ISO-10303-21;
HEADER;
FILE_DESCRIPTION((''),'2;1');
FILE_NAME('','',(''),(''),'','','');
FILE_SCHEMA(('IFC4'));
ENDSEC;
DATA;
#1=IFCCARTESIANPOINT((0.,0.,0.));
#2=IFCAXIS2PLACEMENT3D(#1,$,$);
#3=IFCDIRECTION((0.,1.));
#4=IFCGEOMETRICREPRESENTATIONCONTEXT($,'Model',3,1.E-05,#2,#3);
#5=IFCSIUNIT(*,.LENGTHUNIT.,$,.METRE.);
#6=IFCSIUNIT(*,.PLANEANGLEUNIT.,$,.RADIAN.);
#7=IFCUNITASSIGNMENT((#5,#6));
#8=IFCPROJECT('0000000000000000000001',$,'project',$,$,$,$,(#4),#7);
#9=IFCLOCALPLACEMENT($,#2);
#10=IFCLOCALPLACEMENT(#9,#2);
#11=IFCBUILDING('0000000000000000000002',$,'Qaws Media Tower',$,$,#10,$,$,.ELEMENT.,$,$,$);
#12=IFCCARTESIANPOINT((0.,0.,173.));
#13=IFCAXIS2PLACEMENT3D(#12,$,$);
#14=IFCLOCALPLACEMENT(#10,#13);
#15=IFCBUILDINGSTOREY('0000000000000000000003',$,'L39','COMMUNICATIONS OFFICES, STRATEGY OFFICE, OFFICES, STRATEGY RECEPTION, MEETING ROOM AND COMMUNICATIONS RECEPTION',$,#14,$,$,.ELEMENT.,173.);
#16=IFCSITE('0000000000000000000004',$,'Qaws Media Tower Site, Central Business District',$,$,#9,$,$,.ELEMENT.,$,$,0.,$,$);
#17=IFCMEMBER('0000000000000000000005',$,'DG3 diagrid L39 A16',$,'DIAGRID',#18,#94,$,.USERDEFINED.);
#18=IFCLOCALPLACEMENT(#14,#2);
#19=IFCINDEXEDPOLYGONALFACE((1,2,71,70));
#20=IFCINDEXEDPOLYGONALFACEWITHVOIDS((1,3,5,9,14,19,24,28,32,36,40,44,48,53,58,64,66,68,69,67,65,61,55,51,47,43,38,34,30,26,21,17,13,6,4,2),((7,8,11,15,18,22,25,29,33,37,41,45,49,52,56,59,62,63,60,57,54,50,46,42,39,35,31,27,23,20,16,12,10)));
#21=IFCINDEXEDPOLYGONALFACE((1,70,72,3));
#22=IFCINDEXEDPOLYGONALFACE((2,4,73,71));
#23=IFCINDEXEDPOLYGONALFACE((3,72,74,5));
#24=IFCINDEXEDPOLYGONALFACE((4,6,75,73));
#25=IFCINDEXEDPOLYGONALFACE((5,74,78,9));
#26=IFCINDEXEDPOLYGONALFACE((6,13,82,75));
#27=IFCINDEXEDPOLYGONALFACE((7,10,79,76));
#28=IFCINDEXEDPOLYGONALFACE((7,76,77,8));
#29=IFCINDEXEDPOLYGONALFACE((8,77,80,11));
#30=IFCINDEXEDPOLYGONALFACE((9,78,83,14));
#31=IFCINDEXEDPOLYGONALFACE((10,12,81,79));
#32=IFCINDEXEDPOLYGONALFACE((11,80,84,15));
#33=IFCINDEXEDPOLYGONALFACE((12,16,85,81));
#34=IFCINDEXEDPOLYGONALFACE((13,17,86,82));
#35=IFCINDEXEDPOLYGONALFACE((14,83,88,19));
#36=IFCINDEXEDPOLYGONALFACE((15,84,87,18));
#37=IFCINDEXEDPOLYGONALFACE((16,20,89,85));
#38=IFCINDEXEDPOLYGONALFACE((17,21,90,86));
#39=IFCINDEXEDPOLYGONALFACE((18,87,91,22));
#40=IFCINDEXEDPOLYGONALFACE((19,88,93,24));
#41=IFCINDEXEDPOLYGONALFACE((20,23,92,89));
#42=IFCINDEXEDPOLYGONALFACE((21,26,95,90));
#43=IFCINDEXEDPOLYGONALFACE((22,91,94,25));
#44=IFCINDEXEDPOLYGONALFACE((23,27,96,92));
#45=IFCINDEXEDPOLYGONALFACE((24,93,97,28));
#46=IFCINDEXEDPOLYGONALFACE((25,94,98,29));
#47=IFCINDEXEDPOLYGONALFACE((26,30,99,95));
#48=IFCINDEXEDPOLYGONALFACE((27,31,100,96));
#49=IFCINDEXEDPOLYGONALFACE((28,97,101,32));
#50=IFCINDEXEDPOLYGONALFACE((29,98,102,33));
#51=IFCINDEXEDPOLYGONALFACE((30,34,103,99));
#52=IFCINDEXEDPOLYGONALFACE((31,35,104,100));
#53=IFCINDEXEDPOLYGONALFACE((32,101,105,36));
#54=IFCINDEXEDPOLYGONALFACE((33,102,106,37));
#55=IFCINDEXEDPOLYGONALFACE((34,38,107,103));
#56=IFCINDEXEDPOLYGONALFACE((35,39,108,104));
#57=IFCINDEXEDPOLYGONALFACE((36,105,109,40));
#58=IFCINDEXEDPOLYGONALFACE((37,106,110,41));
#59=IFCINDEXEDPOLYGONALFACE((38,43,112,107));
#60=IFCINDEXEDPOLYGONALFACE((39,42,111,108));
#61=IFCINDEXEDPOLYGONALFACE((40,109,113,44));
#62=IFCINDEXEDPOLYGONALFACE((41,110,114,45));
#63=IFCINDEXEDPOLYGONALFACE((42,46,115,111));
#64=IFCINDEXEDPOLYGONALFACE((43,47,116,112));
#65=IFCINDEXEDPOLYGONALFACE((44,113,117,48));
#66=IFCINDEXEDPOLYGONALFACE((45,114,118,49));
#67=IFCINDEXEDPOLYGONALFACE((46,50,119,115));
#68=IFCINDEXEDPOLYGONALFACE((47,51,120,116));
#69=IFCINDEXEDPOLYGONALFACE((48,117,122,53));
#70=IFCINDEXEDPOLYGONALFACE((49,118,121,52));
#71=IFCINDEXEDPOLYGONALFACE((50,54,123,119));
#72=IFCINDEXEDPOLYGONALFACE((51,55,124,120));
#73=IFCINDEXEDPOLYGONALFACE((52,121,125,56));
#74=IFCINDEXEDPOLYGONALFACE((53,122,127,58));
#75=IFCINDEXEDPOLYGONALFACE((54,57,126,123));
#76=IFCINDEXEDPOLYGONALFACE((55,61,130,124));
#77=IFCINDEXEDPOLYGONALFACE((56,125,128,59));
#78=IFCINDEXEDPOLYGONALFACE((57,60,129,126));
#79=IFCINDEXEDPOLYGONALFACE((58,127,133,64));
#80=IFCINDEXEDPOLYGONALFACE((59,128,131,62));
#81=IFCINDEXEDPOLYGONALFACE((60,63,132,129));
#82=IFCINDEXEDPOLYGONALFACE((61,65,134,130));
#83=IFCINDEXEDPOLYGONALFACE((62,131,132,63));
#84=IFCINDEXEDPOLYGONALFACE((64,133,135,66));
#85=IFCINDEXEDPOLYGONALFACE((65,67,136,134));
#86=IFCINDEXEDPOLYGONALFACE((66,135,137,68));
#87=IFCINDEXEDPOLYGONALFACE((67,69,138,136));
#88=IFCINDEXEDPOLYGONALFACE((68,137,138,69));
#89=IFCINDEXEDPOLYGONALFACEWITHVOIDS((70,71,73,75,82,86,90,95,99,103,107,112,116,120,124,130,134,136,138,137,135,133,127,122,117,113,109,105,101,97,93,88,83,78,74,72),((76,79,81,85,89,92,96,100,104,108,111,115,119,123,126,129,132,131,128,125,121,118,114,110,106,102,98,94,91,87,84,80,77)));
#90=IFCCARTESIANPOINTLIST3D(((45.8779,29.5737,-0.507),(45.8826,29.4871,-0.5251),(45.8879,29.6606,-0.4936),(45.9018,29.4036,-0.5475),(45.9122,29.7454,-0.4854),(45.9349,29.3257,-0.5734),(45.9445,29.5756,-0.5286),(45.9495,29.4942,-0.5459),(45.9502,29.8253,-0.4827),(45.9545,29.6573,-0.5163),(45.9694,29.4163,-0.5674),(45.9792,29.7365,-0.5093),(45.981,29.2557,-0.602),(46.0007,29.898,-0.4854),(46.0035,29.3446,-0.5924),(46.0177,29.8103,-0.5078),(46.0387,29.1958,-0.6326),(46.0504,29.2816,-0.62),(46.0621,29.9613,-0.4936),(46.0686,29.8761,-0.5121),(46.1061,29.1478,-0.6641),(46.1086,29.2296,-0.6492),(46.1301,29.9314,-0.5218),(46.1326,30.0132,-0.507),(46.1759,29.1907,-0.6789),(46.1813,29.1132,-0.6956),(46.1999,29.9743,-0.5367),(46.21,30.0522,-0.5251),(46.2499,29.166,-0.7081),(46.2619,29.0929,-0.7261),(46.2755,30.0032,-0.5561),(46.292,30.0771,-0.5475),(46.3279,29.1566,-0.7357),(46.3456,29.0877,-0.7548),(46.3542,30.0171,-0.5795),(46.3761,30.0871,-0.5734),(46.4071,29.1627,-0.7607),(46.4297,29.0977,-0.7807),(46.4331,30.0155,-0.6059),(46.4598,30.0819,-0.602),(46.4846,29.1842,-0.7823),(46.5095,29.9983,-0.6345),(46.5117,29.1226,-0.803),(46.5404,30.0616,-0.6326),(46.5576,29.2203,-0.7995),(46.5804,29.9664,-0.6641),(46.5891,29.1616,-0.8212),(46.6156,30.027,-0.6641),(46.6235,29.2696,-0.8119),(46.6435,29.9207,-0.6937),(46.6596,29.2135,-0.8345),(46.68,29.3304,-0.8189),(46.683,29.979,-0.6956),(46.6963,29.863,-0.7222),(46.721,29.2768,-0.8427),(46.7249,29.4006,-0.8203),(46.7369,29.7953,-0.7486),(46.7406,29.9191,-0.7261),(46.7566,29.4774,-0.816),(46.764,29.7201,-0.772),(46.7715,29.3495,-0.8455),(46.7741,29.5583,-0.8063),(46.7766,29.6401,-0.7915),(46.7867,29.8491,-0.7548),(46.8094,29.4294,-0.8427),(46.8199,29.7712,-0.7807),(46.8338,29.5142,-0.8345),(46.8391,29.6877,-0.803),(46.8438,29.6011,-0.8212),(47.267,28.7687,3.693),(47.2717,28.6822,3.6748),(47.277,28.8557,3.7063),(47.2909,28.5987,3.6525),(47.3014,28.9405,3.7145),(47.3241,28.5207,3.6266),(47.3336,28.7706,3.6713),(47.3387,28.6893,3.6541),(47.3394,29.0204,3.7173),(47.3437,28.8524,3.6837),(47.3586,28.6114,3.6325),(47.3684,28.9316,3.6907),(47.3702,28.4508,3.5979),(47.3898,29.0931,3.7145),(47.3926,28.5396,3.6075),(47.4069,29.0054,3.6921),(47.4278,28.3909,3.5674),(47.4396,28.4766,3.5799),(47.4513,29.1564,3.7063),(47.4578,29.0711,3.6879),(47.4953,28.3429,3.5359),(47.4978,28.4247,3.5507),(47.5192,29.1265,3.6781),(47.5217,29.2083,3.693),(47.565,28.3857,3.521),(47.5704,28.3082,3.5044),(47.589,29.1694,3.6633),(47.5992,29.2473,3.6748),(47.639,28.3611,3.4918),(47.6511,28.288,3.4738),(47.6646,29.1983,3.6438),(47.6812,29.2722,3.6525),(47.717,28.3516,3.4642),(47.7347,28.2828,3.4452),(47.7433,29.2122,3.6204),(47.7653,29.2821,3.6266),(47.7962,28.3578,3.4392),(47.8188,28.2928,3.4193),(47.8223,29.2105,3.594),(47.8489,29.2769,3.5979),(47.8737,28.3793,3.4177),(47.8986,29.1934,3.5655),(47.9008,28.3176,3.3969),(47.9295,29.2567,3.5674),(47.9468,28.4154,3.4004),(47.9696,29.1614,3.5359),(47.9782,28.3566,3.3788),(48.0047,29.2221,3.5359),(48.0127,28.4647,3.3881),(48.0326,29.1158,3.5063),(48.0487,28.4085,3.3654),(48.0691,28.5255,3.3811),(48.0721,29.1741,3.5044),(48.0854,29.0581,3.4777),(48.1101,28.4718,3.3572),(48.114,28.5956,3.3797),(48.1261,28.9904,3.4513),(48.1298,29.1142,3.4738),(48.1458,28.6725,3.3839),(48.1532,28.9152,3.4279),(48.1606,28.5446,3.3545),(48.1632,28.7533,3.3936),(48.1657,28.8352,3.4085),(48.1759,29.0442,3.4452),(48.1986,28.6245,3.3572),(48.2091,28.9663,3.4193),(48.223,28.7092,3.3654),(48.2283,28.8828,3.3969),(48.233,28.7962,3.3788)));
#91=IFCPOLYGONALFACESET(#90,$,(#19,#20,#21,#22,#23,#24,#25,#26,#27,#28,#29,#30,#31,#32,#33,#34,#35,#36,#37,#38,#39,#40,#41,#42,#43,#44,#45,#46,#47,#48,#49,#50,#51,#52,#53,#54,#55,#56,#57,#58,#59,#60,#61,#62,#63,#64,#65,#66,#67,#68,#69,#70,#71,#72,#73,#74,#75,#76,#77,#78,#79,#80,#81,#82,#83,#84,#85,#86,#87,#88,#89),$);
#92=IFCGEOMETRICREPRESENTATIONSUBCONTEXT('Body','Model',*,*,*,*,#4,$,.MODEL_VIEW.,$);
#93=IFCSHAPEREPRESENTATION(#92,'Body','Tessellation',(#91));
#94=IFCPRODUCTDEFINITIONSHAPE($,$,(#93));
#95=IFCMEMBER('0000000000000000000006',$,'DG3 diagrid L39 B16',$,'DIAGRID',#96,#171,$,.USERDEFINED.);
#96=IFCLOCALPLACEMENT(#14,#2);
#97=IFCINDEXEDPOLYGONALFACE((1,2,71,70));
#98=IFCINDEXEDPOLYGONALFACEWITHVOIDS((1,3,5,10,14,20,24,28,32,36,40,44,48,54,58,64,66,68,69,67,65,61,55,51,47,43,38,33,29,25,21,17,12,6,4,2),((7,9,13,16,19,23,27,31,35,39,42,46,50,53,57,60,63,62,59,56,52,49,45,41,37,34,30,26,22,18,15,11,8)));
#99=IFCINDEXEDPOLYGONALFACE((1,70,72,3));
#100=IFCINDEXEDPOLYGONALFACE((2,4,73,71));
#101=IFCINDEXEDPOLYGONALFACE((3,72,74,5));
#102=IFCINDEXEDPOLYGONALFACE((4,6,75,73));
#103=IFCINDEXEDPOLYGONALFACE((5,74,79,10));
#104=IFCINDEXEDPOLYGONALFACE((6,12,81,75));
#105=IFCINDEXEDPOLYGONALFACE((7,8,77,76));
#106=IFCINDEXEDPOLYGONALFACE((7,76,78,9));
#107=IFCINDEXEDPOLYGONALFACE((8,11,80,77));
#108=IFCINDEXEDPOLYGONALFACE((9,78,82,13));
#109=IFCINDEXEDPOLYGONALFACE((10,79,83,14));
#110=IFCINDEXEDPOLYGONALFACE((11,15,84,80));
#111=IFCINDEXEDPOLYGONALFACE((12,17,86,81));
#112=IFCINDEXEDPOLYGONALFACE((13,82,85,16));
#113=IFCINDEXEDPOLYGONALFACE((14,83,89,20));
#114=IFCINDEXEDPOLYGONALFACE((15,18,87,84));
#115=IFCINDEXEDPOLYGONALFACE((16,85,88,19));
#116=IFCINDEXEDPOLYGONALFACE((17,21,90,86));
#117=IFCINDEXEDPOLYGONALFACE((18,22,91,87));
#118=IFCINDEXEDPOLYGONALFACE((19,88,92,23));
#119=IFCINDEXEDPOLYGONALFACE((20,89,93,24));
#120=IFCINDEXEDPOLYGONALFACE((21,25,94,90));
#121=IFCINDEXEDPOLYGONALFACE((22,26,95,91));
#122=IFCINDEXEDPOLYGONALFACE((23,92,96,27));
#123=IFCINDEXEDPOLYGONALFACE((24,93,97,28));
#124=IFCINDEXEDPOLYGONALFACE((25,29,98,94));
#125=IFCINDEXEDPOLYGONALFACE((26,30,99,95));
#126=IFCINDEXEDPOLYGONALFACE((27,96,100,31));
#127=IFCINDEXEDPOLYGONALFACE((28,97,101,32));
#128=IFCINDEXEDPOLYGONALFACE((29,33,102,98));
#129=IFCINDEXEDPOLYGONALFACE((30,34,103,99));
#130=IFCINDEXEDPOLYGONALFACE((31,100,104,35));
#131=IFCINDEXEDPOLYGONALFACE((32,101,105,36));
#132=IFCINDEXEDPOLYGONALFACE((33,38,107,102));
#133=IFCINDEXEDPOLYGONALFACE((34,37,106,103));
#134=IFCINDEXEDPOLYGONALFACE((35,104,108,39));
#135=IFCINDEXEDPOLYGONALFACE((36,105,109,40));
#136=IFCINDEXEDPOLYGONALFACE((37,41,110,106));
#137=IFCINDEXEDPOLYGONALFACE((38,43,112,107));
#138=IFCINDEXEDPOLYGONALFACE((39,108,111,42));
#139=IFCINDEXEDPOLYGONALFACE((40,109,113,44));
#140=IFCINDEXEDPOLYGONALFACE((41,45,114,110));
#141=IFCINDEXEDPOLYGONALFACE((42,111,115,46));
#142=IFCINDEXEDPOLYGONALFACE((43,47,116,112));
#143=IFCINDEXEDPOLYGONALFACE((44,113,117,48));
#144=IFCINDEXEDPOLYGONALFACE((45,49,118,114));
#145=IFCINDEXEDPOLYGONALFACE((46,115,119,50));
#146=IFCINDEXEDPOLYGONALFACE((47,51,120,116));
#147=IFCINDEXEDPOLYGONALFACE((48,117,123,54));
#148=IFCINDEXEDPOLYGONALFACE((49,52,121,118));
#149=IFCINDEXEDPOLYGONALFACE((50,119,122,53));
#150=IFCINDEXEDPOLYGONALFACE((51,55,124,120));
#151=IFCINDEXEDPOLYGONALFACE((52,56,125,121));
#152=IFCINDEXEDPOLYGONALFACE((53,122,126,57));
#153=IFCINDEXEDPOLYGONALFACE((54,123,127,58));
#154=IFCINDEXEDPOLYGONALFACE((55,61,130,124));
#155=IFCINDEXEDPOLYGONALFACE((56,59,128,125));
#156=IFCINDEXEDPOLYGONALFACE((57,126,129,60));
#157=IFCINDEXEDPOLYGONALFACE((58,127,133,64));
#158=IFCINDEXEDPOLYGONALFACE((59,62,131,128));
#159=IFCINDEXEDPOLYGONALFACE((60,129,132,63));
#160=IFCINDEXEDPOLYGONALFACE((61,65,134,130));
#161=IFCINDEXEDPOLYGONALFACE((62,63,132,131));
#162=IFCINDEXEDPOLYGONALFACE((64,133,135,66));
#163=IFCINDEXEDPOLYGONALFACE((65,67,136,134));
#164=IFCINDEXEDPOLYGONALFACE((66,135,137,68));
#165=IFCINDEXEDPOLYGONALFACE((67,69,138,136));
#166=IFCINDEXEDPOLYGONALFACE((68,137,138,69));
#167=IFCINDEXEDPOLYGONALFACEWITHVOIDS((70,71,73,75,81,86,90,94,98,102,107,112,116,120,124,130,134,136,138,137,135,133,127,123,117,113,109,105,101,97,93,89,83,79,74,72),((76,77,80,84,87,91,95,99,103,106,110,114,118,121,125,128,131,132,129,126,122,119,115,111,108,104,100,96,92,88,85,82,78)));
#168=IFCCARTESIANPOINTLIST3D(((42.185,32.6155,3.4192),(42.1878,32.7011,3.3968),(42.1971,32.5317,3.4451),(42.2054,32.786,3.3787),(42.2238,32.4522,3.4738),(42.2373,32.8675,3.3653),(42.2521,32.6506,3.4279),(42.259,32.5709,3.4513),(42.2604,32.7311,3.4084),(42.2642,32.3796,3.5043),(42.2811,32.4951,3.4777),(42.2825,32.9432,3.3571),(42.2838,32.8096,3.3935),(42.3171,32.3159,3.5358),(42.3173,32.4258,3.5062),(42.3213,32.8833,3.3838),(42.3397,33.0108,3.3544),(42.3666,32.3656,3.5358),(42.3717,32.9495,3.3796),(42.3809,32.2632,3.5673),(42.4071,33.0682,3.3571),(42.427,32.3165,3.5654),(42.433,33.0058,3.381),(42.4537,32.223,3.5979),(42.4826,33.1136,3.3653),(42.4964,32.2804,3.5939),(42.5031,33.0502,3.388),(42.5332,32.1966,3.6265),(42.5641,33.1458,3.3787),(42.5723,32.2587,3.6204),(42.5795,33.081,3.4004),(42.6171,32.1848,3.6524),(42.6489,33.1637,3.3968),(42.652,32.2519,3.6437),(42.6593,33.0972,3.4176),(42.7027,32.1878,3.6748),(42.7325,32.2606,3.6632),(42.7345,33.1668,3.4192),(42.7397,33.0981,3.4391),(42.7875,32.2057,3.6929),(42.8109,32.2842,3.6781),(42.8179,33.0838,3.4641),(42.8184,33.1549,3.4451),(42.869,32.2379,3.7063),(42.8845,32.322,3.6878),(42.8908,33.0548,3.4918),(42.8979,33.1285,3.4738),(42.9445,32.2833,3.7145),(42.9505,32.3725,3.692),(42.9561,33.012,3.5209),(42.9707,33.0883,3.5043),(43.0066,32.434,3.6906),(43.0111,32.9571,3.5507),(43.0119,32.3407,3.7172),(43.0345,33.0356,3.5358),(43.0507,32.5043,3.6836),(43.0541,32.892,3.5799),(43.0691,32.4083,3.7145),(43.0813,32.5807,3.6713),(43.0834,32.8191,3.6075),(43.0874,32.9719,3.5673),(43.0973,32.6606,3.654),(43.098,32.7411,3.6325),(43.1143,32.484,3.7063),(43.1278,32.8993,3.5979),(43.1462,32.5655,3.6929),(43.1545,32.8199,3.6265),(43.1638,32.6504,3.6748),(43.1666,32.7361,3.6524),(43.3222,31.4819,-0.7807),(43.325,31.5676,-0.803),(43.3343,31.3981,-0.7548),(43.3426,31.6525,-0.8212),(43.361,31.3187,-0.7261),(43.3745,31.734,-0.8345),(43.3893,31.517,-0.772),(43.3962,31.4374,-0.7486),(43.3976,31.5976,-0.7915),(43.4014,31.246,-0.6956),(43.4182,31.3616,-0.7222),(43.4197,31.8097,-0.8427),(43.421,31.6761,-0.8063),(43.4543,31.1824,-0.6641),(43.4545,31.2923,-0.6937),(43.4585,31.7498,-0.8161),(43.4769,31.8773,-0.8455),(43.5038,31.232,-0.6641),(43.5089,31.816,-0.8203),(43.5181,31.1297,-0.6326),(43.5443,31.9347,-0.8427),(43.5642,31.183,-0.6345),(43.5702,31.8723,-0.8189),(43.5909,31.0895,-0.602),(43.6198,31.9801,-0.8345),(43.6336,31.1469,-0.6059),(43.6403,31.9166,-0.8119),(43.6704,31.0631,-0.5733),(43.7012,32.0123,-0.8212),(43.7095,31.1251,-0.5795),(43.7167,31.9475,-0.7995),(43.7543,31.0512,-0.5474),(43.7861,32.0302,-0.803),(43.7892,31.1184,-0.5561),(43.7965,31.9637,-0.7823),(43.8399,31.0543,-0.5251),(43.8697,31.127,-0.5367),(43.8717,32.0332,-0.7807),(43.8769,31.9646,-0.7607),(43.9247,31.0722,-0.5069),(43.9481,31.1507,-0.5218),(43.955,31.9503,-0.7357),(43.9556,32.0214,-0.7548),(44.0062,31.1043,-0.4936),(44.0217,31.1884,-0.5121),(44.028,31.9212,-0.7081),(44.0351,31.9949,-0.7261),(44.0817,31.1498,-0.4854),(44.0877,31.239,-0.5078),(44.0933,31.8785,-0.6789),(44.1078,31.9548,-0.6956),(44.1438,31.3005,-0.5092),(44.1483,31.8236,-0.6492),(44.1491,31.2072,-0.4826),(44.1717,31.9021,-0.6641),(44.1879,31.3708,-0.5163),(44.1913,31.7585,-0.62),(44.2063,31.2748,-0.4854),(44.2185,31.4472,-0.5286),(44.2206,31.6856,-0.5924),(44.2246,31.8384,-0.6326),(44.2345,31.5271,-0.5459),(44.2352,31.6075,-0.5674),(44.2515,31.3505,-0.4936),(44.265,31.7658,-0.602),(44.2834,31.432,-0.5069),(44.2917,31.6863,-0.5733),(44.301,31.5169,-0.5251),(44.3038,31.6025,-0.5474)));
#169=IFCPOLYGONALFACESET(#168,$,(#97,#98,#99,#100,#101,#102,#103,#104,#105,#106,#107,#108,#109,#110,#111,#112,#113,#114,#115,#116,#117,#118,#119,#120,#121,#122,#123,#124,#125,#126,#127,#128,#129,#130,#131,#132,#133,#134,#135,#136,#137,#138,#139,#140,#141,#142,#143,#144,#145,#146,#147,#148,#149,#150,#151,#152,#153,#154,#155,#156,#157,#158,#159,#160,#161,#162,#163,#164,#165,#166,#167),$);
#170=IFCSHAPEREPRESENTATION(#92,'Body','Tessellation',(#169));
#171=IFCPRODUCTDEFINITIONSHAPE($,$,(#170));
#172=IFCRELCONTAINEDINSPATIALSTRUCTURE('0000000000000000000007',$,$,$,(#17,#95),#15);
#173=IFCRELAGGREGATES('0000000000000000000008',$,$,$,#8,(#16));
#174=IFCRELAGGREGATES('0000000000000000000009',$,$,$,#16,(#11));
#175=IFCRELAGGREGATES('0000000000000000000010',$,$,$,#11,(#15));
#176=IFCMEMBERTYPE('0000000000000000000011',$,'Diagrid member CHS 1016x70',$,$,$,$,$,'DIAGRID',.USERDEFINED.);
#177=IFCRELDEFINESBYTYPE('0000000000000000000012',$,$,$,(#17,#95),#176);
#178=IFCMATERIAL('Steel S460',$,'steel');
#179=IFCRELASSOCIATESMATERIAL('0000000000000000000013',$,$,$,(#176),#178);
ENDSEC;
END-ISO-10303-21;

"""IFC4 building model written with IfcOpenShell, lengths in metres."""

from ifc_helpers import new_model, si_unit, direction, frame, origin, origin_2d, place, context, subcontext, project, spatial, hollow_circle, extrude, material, material_profile, profile_set, type_object, element, save


model = new_model("IFC4")

# Units and contexts
model_context = context("Model", 3, precision=1e-05, world=origin(), true_north=direction((0.0, 1.0)))
body_context = subcontext(model_context, "Body", "Model", "MODEL_VIEW")
ifc_project = project(units=[si_unit("LENGTHUNIT", "METRE"), si_unit("PLANEANGLEUNIT", "RADIAN")], contexts=[model_context])

# Site, building, storey
site_placement = place(None, origin())
site = spatial("IfcSite", under=ifc_project, at=site_placement, Name="Qaws Media Tower Site, Central Business District", CompositionType="ELEMENT", RefElevation=0.0)
building_placement = place(site_placement, origin())
building = spatial("IfcBuilding", under=site, at=building_placement, Name="Qaws Media Tower", CompositionType="ELEMENT")
storey_placement = place(building_placement, frame((0.0, 0.0, 173.0)))
storey = spatial("IfcBuildingStorey", under=building, at=storey_placement, Name="L39", Description="COMMUNICATIONS OFFICES, STRATEGY OFFICE, OFFICES, STRATEGY RECEPTION, MEETING ROOM AND COMMUNICATIONS RECEPTION", CompositionType="ELEMENT", Elevation=173.0)

# Members
ifc_material_1 = material(Name="Steel S460", Category="steel")
ifc_material_profile_1 = material_profile(ifc_material_1, hollow_circle(Radius=0.5081, WallThickness=0.0701, at=origin_2d()), Name="CHS 1016x70")
ifc_profile_set_1 = profile_set([ifc_material_profile_1], Name="Steel S460")
member_type_1 = type_object("IfcMemberType", Name="Diagrid member CHS 1016x70", ElementType="DIAGRID", PredefinedType="USERDEFINED", material=ifc_profile_set_1)
for number, where, z_axis, x_axis, name in (
    (1, (46.3608, 29.5874, -0.6641), (0.308952, -0.179018, 0.934078), (0.501354, 0.865242, 0.0), "DG3 diagrid L39 A16"),
    (2, (43.813, 31.5422, -0.6641), (-0.252914, 0.2521, 0.934066), (-0.705965, -0.708246, 0.0), "DG3 diagrid L39 B16"),
):
    element("IfcMember", number, at=place(storey_placement, frame(where, z_axis=z_axis, x_axis=x_axis)), inside=storey, type_object=member_type_1, Name=name, ObjectType="DIAGRID", PredefinedType="USERDEFINED", context=body_context, shape_type="SweptSolid", body=[
        extrude(hollow_circle(Radius=0.5081, WallThickness=0.0701, at=origin_2d()), origin(), (0.0, 0.0, 1.0), 4.4963),
    ])

save(model, "model.ifc")
